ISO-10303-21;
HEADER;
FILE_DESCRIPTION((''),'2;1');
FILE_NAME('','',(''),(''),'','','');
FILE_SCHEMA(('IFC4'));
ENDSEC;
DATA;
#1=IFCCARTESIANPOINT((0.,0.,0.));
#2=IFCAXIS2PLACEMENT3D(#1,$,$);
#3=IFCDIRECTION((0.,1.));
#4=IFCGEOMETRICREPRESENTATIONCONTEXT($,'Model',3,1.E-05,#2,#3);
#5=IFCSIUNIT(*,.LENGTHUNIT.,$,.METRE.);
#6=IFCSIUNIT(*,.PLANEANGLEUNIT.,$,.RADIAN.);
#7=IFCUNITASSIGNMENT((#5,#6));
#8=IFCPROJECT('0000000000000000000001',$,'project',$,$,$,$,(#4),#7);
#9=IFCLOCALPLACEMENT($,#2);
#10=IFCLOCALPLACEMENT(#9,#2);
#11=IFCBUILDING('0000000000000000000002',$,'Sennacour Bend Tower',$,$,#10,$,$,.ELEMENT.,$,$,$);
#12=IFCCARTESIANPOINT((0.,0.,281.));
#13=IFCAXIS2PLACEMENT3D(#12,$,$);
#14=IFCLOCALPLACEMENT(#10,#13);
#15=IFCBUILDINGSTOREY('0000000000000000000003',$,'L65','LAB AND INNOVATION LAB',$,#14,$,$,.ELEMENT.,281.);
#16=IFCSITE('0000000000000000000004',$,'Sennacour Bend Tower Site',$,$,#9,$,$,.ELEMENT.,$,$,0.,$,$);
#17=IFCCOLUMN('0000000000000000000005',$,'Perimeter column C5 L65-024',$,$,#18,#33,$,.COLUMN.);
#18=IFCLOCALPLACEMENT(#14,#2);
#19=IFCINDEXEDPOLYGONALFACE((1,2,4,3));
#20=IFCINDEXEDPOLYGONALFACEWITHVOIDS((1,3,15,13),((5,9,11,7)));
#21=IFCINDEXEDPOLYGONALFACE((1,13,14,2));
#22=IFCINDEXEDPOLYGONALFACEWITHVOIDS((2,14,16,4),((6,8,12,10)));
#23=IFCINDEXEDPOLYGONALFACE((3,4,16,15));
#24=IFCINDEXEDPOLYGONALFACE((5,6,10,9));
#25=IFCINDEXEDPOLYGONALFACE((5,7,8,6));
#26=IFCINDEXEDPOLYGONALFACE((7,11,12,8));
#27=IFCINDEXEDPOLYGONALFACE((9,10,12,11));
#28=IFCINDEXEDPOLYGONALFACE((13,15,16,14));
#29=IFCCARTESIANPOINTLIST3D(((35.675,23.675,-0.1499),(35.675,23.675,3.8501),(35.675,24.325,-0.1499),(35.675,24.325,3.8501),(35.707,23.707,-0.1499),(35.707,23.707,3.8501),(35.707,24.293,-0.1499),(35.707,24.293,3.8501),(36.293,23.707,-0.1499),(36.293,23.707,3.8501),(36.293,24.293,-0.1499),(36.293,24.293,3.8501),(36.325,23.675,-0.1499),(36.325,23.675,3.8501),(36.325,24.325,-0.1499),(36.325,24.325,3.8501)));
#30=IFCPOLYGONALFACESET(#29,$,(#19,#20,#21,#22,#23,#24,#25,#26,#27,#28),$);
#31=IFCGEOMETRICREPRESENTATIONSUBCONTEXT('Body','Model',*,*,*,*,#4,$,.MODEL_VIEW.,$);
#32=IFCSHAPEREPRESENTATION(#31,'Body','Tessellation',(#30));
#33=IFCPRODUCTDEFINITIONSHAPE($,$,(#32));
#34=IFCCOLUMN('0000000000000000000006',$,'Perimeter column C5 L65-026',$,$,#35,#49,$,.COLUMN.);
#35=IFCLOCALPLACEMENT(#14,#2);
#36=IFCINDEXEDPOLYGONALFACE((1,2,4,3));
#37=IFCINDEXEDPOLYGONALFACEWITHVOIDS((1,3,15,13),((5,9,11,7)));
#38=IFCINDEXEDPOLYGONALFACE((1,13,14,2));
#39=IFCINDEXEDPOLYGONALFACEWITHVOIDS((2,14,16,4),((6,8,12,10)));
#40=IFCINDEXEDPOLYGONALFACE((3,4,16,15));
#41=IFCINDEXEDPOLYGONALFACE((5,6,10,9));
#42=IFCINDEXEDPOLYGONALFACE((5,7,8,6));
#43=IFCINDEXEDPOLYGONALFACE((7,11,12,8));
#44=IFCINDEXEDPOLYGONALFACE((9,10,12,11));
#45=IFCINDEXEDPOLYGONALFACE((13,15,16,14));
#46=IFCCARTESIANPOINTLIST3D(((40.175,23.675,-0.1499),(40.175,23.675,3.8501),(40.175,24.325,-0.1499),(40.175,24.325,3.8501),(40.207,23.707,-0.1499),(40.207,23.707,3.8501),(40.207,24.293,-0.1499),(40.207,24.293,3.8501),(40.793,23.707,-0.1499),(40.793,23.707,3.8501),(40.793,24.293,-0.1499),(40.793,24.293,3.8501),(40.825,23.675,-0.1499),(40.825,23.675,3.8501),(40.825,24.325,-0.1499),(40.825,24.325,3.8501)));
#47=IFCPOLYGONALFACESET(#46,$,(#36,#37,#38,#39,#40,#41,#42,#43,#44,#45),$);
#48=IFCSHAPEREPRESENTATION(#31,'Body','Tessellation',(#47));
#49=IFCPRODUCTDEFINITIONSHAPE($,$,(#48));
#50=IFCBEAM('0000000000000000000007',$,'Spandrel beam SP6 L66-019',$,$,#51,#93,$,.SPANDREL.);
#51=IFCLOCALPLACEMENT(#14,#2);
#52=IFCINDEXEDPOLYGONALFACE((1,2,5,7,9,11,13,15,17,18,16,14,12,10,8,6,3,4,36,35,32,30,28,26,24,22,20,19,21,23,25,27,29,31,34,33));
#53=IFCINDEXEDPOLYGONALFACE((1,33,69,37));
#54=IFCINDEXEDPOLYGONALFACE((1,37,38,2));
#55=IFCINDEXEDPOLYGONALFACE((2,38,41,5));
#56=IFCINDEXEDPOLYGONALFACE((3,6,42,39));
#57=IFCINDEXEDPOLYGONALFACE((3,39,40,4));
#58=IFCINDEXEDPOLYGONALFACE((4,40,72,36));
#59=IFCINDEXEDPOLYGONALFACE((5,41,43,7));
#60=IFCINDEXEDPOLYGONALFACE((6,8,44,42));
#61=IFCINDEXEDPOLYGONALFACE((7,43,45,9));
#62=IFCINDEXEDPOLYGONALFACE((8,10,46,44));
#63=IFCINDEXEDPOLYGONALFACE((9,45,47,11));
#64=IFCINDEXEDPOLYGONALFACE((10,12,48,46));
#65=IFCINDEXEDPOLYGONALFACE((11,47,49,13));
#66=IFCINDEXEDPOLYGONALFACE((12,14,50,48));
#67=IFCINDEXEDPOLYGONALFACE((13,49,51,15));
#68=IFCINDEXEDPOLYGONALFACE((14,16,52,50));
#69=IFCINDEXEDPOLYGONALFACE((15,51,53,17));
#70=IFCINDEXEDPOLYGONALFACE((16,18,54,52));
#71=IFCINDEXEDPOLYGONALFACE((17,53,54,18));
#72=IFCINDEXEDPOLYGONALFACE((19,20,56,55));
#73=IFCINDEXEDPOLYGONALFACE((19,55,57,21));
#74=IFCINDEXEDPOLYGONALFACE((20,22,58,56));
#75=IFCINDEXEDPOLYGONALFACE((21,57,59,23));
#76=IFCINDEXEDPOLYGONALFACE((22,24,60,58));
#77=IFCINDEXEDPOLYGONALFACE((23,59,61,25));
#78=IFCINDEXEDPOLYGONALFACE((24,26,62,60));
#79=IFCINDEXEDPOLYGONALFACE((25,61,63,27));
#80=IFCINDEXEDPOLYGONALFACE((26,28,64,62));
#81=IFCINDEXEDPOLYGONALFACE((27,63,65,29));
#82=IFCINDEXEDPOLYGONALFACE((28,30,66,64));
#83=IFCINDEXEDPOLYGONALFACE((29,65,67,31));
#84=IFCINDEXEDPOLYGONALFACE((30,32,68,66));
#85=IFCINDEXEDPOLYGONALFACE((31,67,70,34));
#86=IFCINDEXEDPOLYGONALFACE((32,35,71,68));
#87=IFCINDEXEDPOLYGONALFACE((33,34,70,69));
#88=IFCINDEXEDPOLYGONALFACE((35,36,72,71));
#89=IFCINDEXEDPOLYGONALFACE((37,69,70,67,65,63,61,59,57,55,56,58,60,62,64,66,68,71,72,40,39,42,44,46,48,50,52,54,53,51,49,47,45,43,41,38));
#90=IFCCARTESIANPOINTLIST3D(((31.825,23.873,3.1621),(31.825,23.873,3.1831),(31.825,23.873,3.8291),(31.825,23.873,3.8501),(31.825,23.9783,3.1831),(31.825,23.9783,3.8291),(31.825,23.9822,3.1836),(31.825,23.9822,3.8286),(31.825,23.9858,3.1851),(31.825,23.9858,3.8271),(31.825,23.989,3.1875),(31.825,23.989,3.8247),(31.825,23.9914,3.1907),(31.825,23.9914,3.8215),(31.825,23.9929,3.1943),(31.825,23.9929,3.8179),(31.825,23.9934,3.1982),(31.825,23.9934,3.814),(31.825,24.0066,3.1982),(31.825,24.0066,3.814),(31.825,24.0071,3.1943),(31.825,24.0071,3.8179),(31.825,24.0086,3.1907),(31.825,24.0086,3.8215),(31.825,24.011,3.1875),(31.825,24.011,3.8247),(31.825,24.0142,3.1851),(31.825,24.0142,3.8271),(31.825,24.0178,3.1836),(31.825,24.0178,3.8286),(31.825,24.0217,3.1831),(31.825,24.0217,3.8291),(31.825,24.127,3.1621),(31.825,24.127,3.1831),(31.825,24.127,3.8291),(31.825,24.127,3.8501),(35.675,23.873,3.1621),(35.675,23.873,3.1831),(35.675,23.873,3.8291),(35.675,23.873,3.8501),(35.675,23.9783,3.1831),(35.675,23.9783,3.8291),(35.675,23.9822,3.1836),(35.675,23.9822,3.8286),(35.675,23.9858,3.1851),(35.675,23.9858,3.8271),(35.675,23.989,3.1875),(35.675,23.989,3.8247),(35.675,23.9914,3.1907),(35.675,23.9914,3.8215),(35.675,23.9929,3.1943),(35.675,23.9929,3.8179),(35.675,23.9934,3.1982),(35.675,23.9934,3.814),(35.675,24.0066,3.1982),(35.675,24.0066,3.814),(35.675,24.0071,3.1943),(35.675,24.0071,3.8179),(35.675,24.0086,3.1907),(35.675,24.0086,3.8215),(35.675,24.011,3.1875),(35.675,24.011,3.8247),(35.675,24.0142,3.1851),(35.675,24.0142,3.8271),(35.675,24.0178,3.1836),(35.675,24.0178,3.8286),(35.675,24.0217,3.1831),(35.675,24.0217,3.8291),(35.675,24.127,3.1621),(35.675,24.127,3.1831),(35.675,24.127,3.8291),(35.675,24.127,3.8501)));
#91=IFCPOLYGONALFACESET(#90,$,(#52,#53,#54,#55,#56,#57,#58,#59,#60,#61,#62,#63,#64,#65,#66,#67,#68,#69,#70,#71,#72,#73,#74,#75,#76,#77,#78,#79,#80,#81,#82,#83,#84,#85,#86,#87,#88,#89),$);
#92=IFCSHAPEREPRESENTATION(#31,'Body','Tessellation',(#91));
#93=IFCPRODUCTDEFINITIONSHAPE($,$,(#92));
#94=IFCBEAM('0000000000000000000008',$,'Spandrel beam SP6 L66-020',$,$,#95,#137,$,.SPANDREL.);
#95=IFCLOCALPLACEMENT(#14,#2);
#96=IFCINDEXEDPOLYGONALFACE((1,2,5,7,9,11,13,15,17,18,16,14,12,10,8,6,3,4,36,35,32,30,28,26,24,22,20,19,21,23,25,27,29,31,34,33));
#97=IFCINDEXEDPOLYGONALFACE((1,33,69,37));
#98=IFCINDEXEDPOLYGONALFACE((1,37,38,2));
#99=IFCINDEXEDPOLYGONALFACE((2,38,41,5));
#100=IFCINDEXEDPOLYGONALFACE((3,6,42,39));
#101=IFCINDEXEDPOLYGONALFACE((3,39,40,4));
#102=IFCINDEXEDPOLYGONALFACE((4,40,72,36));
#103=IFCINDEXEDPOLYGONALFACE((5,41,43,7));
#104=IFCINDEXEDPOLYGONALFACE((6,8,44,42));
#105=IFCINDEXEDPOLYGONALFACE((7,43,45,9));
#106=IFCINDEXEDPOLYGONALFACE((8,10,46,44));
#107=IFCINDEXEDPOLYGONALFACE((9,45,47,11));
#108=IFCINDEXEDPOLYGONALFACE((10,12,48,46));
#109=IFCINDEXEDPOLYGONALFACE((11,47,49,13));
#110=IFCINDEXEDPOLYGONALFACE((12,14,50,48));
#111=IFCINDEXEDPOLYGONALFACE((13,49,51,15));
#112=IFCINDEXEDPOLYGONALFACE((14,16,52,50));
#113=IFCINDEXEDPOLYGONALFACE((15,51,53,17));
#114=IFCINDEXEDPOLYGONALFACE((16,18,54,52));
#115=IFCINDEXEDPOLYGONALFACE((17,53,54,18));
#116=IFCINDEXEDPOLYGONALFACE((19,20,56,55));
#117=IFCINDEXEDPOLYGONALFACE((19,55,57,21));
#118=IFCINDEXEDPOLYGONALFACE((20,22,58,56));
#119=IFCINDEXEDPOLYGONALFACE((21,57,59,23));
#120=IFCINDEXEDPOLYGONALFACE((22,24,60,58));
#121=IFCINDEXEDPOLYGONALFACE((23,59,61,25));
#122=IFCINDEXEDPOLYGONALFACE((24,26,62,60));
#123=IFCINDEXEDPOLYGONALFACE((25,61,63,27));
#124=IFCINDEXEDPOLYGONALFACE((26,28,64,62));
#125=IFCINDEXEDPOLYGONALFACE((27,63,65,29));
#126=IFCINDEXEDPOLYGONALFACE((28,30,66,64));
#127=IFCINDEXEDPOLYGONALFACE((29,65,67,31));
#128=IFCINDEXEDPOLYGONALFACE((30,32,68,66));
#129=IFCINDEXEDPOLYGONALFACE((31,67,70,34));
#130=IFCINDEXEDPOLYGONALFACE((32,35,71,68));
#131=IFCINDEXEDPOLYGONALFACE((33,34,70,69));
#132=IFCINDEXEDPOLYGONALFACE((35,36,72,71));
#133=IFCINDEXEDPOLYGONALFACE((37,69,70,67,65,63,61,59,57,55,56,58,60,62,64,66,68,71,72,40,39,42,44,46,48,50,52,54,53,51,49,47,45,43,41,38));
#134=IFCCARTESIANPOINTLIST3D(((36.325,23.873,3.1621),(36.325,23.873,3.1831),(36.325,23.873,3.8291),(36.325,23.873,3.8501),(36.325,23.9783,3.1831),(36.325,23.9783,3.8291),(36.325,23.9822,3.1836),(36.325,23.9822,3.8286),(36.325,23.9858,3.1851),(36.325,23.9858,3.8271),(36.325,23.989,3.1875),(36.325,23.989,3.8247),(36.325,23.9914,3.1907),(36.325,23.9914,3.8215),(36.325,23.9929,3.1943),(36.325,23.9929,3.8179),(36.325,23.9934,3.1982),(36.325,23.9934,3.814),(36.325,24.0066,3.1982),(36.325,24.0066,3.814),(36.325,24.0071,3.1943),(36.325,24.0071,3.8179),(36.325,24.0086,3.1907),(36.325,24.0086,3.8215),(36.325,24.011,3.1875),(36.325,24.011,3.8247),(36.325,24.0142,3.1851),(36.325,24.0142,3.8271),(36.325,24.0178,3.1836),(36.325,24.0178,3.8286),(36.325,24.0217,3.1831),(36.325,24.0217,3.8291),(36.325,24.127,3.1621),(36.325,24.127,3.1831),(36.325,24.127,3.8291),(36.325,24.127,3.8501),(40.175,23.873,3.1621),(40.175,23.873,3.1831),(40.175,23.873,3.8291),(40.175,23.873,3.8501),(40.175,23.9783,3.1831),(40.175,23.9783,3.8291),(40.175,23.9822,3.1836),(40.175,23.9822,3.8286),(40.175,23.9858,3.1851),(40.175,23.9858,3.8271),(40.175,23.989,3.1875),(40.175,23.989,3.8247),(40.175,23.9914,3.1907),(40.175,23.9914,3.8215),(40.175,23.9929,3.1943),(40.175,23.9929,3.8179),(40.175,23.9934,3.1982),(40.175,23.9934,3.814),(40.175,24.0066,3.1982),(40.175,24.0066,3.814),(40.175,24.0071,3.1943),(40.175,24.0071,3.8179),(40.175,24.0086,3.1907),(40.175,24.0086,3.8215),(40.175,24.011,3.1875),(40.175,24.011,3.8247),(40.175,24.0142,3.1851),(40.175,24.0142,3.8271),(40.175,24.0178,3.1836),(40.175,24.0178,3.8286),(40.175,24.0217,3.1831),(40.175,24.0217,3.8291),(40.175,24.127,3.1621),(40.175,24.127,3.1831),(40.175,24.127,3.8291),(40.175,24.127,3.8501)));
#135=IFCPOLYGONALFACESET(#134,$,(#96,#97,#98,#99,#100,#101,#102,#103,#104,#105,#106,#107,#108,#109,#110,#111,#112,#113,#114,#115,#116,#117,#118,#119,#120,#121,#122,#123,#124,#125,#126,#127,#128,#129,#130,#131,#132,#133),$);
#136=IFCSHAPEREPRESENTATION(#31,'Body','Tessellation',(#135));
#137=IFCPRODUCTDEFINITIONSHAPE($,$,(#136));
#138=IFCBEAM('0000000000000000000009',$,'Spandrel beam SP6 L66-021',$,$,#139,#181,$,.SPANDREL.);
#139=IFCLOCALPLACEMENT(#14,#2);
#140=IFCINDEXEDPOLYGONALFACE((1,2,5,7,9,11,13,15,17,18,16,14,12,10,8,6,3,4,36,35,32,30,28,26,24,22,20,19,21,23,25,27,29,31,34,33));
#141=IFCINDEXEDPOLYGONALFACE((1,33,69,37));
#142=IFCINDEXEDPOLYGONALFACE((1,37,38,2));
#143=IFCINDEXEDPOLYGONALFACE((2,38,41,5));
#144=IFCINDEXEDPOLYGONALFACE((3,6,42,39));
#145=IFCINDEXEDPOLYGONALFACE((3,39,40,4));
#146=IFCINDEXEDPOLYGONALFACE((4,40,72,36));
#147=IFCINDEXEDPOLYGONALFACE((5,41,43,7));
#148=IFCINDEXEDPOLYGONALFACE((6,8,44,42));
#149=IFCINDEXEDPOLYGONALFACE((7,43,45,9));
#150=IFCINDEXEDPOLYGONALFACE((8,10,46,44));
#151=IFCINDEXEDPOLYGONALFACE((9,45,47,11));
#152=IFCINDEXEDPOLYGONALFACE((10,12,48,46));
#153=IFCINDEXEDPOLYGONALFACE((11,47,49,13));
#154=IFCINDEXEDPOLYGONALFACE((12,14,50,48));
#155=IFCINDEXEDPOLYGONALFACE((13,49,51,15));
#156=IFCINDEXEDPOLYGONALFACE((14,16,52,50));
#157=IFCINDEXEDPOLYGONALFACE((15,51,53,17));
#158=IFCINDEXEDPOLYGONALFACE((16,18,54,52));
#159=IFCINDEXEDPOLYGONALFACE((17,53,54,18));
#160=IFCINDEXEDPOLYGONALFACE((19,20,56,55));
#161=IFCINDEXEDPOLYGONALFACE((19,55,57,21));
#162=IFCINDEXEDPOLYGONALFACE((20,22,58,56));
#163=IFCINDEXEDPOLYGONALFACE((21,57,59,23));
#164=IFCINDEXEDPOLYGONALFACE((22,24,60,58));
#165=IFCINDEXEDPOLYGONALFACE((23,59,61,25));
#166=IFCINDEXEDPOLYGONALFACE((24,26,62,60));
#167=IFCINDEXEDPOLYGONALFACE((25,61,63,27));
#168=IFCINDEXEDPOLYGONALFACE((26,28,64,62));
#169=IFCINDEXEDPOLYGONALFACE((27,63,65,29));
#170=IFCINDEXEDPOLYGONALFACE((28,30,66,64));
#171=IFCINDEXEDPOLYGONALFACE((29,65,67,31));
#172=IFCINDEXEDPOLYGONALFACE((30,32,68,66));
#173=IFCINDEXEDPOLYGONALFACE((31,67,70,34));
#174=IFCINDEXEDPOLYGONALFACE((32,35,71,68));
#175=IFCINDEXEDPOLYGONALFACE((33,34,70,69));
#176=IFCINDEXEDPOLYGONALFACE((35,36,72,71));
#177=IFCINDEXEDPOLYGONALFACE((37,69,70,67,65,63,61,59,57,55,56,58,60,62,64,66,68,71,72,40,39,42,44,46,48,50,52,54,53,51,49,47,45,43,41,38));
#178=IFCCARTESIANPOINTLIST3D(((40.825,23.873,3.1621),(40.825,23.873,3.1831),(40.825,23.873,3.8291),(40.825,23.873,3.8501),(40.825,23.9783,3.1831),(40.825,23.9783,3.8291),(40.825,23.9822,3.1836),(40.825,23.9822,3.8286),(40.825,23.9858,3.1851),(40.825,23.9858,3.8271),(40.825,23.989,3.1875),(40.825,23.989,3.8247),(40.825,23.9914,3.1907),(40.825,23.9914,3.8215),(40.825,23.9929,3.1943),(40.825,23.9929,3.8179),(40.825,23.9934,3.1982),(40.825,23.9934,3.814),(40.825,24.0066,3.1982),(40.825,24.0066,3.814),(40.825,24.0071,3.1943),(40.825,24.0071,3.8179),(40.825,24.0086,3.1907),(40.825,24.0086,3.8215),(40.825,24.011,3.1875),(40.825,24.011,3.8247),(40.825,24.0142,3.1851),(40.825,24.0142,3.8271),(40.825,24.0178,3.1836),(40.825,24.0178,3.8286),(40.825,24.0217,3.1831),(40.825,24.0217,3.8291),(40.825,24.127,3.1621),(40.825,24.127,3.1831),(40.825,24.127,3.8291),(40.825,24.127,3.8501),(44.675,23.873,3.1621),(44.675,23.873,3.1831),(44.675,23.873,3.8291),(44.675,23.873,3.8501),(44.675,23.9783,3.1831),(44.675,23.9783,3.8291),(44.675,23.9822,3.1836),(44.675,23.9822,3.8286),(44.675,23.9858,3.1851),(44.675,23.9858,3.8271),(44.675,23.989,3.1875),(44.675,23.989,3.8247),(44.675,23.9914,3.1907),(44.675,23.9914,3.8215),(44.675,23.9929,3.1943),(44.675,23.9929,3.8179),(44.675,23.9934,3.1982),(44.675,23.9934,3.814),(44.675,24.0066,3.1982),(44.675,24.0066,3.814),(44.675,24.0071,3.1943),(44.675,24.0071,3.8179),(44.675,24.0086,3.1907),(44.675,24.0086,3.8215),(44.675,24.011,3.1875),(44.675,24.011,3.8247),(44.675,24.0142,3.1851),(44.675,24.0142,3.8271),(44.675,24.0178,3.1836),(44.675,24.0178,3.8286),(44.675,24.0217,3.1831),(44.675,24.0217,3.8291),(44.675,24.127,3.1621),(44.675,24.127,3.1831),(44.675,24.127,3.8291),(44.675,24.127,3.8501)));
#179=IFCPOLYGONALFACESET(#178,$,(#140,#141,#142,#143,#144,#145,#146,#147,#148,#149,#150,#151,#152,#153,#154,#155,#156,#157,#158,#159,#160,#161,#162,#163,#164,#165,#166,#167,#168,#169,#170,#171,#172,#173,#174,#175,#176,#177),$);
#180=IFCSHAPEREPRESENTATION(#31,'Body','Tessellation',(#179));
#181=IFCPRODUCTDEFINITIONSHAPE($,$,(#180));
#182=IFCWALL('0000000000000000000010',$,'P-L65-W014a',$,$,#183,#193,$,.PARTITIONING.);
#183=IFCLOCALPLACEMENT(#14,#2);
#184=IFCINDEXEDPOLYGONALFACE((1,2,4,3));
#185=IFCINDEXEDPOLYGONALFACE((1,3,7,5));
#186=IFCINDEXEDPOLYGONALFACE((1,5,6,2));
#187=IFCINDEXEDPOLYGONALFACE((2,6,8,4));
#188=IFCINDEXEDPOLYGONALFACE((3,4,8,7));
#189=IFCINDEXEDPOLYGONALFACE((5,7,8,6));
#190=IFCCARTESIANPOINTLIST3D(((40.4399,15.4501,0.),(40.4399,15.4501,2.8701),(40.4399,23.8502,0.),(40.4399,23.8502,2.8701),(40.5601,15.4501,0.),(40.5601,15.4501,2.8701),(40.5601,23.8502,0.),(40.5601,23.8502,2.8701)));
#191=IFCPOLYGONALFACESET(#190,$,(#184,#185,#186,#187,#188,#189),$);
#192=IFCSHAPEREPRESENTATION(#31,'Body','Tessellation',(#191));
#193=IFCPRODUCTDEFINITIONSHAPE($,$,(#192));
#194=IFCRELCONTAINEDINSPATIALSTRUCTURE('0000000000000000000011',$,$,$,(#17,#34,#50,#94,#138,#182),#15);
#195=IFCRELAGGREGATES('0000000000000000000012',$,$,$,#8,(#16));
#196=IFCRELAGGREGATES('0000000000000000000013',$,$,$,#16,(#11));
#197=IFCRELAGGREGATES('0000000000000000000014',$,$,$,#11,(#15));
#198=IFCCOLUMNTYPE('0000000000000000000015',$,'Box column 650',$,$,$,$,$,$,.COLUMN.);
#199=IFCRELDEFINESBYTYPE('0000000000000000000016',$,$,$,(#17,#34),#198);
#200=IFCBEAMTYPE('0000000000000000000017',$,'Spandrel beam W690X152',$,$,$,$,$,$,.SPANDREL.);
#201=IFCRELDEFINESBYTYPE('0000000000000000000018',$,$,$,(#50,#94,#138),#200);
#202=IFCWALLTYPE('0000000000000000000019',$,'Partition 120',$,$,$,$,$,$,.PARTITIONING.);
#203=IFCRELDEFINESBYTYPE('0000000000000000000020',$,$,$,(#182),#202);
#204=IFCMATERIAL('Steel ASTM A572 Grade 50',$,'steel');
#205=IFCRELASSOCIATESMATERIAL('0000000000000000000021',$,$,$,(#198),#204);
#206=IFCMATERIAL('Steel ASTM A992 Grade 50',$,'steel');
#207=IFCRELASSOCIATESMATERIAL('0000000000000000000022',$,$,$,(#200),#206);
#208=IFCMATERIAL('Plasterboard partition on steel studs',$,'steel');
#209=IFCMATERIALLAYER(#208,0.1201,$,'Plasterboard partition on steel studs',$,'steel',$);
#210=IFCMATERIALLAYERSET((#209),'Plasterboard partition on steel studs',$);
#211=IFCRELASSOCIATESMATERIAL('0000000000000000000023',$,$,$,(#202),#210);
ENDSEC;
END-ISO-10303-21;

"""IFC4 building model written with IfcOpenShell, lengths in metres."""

from ifc_helpers import new_model, si_unit, direction, frame, frame_2d, origin, origin_2d, place, context, subcontext, project, spatial, rectangle, hollow_rectangle, i_section, extrude, material, layer, layer_set, material_profile, profile_set, type_object, element, save


model = new_model("IFC4")

# Units and contexts
model_context = context("Model", 3, precision=1e-05, world=origin(), true_north=direction((0.0, 1.0)))
body_context = subcontext(model_context, "Body", "Model", "MODEL_VIEW")
ifc_project = project(units=[si_unit("LENGTHUNIT", "METRE"), si_unit("PLANEANGLEUNIT", "RADIAN")], contexts=[model_context])

# Site, building, storey
site_placement = place(None, origin())
site = spatial("IfcSite", under=ifc_project, at=site_placement, Name="Sennacour Bend Tower Site", CompositionType="ELEMENT", RefElevation=0.0)
building_placement = place(site_placement, origin())
building = spatial("IfcBuilding", under=site, at=building_placement, Name="Sennacour Bend Tower", CompositionType="ELEMENT")
storey_placement = place(building_placement, frame((0.0, 0.0, 281.0)))
storey = spatial("IfcBuildingStorey", under=building, at=storey_placement, Name="L65", Description="LAB AND INNOVATION LAB", CompositionType="ELEMENT", Elevation=281.0)

# Columns
ifc_material_1 = material(Name="Steel ASTM A572 Grade 50", Category="steel")
ifc_material_profile_1 = material_profile(ifc_material_1, hollow_rectangle(XDim=0.6499, YDim=0.6499, WallThickness=0.032, at=origin_2d()), Name="Steel ASTM A572 Grade 50", Category="steel")
ifc_profile_set_1 = profile_set([ifc_material_profile_1], Name="Steel ASTM A572 Grade 50")
column_type = type_object("IfcColumnType", Name="Box column 650", PredefinedType="COLUMN", material=ifc_profile_set_1)
for number, where, z_axis, x_axis, name in (
    (1, (36.0, 24.0, -0.1499), (0.0, 0.0, 1.0), (1.0, 0.0, 0.0), "Perimeter column C5 L65-024"),
    (2, (40.5, 24.0, -0.1499), (0.0, 0.0, 1.0), (1.0, 0.0, 0.0), "Perimeter column C5 L65-026"),
):
    element("IfcColumn", number, at=place(storey_placement, frame(where, z_axis=z_axis, x_axis=x_axis)), inside=storey, type_object=column_type, Name=name, PredefinedType="COLUMN", context=body_context, shape_type="SweptSolid", body=[
        extrude(hollow_rectangle(XDim=0.6499, YDim=0.6499, WallThickness=0.032, at=origin_2d()), origin(), (0.0, 0.0, 1.0), 4.0),
    ])

# Beams
ifc_material_2 = material(Name="Steel ASTM A992 Grade 50", Category="steel")
ifc_material_profile_2 = material_profile(ifc_material_2, i_section(OverallWidth=0.2539, OverallDepth=0.688, WebThickness=0.0132, FlangeThickness=0.021, FilletRadius=0.0151, at=origin_2d()), Name="Steel ASTM A992 Grade 50", Category="steel")
ifc_profile_set_2 = profile_set([ifc_material_profile_2], Name="Steel ASTM A992 Grade 50")
beam_type = type_object("IfcBeamType", Name="Spandrel beam W690X152", PredefinedType="SPANDREL", material=ifc_profile_set_2)
for number, where, z_axis, x_axis, name in (
    (3, (31.825, 24.0, 3.5061), (1.0, 0.0, 0.0), (0.0, 1.0, 0.0), "Spandrel beam SP6 L66-019"),
    (4, (36.325, 24.0, 3.5061), (1.0, 0.0, 0.0), (0.0, 1.0, 0.0), "Spandrel beam SP6 L66-020"),
    (5, (40.825, 24.0, 3.5061), (1.0, 0.0, 0.0), (0.0, 1.0, 0.0), "Spandrel beam SP6 L66-021"),
):
    element("IfcBeam", number, at=place(storey_placement, frame(where, z_axis=z_axis, x_axis=x_axis)), inside=storey, type_object=beam_type, Name=name, PredefinedType="SPANDREL", context=body_context, shape_type="SweptSolid", body=[
        extrude(i_section(OverallWidth=0.2539, OverallDepth=0.688, WebThickness=0.0132, FlangeThickness=0.021, FilletRadius=0.0151, at=origin_2d()), origin(), (0.0, 0.0, 1.0), 3.8501),
    ])

# Wall
ifc_material_3 = material(Name="Plasterboard partition on steel studs", Category="steel")
ifc_layer_1 = layer(ifc_material_3, 0.1201, Name="Plasterboard partition on steel studs", Category="steel")
ifc_layer_set_1 = layer_set([ifc_layer_1], Name="Plasterboard partition on steel studs")
wall_type_1 = type_object("IfcWallType", Name="Partition 120", PredefinedType="PARTITIONING", material=ifc_layer_set_1)
wall_1_placement = place(storey_placement, frame((40.5, 15.45, 0.0), z_axis=(0.0, 0.0, 1.0), x_axis=(0.0, 1.0, 0.0)))
element("IfcWall", 6, at=wall_1_placement, inside=storey, type_object=wall_type_1, Name="P-L65-W014a", PredefinedType="PARTITIONING", context=body_context, shape_type="SweptSolid", body=[
    extrude(rectangle(XDim=8.4001, YDim=0.1201, at=frame_2d((4.2002, 0.0))), origin(), (0.0, 0.0, 1.0), 2.8701),
])

save(model, "model.ifc")
